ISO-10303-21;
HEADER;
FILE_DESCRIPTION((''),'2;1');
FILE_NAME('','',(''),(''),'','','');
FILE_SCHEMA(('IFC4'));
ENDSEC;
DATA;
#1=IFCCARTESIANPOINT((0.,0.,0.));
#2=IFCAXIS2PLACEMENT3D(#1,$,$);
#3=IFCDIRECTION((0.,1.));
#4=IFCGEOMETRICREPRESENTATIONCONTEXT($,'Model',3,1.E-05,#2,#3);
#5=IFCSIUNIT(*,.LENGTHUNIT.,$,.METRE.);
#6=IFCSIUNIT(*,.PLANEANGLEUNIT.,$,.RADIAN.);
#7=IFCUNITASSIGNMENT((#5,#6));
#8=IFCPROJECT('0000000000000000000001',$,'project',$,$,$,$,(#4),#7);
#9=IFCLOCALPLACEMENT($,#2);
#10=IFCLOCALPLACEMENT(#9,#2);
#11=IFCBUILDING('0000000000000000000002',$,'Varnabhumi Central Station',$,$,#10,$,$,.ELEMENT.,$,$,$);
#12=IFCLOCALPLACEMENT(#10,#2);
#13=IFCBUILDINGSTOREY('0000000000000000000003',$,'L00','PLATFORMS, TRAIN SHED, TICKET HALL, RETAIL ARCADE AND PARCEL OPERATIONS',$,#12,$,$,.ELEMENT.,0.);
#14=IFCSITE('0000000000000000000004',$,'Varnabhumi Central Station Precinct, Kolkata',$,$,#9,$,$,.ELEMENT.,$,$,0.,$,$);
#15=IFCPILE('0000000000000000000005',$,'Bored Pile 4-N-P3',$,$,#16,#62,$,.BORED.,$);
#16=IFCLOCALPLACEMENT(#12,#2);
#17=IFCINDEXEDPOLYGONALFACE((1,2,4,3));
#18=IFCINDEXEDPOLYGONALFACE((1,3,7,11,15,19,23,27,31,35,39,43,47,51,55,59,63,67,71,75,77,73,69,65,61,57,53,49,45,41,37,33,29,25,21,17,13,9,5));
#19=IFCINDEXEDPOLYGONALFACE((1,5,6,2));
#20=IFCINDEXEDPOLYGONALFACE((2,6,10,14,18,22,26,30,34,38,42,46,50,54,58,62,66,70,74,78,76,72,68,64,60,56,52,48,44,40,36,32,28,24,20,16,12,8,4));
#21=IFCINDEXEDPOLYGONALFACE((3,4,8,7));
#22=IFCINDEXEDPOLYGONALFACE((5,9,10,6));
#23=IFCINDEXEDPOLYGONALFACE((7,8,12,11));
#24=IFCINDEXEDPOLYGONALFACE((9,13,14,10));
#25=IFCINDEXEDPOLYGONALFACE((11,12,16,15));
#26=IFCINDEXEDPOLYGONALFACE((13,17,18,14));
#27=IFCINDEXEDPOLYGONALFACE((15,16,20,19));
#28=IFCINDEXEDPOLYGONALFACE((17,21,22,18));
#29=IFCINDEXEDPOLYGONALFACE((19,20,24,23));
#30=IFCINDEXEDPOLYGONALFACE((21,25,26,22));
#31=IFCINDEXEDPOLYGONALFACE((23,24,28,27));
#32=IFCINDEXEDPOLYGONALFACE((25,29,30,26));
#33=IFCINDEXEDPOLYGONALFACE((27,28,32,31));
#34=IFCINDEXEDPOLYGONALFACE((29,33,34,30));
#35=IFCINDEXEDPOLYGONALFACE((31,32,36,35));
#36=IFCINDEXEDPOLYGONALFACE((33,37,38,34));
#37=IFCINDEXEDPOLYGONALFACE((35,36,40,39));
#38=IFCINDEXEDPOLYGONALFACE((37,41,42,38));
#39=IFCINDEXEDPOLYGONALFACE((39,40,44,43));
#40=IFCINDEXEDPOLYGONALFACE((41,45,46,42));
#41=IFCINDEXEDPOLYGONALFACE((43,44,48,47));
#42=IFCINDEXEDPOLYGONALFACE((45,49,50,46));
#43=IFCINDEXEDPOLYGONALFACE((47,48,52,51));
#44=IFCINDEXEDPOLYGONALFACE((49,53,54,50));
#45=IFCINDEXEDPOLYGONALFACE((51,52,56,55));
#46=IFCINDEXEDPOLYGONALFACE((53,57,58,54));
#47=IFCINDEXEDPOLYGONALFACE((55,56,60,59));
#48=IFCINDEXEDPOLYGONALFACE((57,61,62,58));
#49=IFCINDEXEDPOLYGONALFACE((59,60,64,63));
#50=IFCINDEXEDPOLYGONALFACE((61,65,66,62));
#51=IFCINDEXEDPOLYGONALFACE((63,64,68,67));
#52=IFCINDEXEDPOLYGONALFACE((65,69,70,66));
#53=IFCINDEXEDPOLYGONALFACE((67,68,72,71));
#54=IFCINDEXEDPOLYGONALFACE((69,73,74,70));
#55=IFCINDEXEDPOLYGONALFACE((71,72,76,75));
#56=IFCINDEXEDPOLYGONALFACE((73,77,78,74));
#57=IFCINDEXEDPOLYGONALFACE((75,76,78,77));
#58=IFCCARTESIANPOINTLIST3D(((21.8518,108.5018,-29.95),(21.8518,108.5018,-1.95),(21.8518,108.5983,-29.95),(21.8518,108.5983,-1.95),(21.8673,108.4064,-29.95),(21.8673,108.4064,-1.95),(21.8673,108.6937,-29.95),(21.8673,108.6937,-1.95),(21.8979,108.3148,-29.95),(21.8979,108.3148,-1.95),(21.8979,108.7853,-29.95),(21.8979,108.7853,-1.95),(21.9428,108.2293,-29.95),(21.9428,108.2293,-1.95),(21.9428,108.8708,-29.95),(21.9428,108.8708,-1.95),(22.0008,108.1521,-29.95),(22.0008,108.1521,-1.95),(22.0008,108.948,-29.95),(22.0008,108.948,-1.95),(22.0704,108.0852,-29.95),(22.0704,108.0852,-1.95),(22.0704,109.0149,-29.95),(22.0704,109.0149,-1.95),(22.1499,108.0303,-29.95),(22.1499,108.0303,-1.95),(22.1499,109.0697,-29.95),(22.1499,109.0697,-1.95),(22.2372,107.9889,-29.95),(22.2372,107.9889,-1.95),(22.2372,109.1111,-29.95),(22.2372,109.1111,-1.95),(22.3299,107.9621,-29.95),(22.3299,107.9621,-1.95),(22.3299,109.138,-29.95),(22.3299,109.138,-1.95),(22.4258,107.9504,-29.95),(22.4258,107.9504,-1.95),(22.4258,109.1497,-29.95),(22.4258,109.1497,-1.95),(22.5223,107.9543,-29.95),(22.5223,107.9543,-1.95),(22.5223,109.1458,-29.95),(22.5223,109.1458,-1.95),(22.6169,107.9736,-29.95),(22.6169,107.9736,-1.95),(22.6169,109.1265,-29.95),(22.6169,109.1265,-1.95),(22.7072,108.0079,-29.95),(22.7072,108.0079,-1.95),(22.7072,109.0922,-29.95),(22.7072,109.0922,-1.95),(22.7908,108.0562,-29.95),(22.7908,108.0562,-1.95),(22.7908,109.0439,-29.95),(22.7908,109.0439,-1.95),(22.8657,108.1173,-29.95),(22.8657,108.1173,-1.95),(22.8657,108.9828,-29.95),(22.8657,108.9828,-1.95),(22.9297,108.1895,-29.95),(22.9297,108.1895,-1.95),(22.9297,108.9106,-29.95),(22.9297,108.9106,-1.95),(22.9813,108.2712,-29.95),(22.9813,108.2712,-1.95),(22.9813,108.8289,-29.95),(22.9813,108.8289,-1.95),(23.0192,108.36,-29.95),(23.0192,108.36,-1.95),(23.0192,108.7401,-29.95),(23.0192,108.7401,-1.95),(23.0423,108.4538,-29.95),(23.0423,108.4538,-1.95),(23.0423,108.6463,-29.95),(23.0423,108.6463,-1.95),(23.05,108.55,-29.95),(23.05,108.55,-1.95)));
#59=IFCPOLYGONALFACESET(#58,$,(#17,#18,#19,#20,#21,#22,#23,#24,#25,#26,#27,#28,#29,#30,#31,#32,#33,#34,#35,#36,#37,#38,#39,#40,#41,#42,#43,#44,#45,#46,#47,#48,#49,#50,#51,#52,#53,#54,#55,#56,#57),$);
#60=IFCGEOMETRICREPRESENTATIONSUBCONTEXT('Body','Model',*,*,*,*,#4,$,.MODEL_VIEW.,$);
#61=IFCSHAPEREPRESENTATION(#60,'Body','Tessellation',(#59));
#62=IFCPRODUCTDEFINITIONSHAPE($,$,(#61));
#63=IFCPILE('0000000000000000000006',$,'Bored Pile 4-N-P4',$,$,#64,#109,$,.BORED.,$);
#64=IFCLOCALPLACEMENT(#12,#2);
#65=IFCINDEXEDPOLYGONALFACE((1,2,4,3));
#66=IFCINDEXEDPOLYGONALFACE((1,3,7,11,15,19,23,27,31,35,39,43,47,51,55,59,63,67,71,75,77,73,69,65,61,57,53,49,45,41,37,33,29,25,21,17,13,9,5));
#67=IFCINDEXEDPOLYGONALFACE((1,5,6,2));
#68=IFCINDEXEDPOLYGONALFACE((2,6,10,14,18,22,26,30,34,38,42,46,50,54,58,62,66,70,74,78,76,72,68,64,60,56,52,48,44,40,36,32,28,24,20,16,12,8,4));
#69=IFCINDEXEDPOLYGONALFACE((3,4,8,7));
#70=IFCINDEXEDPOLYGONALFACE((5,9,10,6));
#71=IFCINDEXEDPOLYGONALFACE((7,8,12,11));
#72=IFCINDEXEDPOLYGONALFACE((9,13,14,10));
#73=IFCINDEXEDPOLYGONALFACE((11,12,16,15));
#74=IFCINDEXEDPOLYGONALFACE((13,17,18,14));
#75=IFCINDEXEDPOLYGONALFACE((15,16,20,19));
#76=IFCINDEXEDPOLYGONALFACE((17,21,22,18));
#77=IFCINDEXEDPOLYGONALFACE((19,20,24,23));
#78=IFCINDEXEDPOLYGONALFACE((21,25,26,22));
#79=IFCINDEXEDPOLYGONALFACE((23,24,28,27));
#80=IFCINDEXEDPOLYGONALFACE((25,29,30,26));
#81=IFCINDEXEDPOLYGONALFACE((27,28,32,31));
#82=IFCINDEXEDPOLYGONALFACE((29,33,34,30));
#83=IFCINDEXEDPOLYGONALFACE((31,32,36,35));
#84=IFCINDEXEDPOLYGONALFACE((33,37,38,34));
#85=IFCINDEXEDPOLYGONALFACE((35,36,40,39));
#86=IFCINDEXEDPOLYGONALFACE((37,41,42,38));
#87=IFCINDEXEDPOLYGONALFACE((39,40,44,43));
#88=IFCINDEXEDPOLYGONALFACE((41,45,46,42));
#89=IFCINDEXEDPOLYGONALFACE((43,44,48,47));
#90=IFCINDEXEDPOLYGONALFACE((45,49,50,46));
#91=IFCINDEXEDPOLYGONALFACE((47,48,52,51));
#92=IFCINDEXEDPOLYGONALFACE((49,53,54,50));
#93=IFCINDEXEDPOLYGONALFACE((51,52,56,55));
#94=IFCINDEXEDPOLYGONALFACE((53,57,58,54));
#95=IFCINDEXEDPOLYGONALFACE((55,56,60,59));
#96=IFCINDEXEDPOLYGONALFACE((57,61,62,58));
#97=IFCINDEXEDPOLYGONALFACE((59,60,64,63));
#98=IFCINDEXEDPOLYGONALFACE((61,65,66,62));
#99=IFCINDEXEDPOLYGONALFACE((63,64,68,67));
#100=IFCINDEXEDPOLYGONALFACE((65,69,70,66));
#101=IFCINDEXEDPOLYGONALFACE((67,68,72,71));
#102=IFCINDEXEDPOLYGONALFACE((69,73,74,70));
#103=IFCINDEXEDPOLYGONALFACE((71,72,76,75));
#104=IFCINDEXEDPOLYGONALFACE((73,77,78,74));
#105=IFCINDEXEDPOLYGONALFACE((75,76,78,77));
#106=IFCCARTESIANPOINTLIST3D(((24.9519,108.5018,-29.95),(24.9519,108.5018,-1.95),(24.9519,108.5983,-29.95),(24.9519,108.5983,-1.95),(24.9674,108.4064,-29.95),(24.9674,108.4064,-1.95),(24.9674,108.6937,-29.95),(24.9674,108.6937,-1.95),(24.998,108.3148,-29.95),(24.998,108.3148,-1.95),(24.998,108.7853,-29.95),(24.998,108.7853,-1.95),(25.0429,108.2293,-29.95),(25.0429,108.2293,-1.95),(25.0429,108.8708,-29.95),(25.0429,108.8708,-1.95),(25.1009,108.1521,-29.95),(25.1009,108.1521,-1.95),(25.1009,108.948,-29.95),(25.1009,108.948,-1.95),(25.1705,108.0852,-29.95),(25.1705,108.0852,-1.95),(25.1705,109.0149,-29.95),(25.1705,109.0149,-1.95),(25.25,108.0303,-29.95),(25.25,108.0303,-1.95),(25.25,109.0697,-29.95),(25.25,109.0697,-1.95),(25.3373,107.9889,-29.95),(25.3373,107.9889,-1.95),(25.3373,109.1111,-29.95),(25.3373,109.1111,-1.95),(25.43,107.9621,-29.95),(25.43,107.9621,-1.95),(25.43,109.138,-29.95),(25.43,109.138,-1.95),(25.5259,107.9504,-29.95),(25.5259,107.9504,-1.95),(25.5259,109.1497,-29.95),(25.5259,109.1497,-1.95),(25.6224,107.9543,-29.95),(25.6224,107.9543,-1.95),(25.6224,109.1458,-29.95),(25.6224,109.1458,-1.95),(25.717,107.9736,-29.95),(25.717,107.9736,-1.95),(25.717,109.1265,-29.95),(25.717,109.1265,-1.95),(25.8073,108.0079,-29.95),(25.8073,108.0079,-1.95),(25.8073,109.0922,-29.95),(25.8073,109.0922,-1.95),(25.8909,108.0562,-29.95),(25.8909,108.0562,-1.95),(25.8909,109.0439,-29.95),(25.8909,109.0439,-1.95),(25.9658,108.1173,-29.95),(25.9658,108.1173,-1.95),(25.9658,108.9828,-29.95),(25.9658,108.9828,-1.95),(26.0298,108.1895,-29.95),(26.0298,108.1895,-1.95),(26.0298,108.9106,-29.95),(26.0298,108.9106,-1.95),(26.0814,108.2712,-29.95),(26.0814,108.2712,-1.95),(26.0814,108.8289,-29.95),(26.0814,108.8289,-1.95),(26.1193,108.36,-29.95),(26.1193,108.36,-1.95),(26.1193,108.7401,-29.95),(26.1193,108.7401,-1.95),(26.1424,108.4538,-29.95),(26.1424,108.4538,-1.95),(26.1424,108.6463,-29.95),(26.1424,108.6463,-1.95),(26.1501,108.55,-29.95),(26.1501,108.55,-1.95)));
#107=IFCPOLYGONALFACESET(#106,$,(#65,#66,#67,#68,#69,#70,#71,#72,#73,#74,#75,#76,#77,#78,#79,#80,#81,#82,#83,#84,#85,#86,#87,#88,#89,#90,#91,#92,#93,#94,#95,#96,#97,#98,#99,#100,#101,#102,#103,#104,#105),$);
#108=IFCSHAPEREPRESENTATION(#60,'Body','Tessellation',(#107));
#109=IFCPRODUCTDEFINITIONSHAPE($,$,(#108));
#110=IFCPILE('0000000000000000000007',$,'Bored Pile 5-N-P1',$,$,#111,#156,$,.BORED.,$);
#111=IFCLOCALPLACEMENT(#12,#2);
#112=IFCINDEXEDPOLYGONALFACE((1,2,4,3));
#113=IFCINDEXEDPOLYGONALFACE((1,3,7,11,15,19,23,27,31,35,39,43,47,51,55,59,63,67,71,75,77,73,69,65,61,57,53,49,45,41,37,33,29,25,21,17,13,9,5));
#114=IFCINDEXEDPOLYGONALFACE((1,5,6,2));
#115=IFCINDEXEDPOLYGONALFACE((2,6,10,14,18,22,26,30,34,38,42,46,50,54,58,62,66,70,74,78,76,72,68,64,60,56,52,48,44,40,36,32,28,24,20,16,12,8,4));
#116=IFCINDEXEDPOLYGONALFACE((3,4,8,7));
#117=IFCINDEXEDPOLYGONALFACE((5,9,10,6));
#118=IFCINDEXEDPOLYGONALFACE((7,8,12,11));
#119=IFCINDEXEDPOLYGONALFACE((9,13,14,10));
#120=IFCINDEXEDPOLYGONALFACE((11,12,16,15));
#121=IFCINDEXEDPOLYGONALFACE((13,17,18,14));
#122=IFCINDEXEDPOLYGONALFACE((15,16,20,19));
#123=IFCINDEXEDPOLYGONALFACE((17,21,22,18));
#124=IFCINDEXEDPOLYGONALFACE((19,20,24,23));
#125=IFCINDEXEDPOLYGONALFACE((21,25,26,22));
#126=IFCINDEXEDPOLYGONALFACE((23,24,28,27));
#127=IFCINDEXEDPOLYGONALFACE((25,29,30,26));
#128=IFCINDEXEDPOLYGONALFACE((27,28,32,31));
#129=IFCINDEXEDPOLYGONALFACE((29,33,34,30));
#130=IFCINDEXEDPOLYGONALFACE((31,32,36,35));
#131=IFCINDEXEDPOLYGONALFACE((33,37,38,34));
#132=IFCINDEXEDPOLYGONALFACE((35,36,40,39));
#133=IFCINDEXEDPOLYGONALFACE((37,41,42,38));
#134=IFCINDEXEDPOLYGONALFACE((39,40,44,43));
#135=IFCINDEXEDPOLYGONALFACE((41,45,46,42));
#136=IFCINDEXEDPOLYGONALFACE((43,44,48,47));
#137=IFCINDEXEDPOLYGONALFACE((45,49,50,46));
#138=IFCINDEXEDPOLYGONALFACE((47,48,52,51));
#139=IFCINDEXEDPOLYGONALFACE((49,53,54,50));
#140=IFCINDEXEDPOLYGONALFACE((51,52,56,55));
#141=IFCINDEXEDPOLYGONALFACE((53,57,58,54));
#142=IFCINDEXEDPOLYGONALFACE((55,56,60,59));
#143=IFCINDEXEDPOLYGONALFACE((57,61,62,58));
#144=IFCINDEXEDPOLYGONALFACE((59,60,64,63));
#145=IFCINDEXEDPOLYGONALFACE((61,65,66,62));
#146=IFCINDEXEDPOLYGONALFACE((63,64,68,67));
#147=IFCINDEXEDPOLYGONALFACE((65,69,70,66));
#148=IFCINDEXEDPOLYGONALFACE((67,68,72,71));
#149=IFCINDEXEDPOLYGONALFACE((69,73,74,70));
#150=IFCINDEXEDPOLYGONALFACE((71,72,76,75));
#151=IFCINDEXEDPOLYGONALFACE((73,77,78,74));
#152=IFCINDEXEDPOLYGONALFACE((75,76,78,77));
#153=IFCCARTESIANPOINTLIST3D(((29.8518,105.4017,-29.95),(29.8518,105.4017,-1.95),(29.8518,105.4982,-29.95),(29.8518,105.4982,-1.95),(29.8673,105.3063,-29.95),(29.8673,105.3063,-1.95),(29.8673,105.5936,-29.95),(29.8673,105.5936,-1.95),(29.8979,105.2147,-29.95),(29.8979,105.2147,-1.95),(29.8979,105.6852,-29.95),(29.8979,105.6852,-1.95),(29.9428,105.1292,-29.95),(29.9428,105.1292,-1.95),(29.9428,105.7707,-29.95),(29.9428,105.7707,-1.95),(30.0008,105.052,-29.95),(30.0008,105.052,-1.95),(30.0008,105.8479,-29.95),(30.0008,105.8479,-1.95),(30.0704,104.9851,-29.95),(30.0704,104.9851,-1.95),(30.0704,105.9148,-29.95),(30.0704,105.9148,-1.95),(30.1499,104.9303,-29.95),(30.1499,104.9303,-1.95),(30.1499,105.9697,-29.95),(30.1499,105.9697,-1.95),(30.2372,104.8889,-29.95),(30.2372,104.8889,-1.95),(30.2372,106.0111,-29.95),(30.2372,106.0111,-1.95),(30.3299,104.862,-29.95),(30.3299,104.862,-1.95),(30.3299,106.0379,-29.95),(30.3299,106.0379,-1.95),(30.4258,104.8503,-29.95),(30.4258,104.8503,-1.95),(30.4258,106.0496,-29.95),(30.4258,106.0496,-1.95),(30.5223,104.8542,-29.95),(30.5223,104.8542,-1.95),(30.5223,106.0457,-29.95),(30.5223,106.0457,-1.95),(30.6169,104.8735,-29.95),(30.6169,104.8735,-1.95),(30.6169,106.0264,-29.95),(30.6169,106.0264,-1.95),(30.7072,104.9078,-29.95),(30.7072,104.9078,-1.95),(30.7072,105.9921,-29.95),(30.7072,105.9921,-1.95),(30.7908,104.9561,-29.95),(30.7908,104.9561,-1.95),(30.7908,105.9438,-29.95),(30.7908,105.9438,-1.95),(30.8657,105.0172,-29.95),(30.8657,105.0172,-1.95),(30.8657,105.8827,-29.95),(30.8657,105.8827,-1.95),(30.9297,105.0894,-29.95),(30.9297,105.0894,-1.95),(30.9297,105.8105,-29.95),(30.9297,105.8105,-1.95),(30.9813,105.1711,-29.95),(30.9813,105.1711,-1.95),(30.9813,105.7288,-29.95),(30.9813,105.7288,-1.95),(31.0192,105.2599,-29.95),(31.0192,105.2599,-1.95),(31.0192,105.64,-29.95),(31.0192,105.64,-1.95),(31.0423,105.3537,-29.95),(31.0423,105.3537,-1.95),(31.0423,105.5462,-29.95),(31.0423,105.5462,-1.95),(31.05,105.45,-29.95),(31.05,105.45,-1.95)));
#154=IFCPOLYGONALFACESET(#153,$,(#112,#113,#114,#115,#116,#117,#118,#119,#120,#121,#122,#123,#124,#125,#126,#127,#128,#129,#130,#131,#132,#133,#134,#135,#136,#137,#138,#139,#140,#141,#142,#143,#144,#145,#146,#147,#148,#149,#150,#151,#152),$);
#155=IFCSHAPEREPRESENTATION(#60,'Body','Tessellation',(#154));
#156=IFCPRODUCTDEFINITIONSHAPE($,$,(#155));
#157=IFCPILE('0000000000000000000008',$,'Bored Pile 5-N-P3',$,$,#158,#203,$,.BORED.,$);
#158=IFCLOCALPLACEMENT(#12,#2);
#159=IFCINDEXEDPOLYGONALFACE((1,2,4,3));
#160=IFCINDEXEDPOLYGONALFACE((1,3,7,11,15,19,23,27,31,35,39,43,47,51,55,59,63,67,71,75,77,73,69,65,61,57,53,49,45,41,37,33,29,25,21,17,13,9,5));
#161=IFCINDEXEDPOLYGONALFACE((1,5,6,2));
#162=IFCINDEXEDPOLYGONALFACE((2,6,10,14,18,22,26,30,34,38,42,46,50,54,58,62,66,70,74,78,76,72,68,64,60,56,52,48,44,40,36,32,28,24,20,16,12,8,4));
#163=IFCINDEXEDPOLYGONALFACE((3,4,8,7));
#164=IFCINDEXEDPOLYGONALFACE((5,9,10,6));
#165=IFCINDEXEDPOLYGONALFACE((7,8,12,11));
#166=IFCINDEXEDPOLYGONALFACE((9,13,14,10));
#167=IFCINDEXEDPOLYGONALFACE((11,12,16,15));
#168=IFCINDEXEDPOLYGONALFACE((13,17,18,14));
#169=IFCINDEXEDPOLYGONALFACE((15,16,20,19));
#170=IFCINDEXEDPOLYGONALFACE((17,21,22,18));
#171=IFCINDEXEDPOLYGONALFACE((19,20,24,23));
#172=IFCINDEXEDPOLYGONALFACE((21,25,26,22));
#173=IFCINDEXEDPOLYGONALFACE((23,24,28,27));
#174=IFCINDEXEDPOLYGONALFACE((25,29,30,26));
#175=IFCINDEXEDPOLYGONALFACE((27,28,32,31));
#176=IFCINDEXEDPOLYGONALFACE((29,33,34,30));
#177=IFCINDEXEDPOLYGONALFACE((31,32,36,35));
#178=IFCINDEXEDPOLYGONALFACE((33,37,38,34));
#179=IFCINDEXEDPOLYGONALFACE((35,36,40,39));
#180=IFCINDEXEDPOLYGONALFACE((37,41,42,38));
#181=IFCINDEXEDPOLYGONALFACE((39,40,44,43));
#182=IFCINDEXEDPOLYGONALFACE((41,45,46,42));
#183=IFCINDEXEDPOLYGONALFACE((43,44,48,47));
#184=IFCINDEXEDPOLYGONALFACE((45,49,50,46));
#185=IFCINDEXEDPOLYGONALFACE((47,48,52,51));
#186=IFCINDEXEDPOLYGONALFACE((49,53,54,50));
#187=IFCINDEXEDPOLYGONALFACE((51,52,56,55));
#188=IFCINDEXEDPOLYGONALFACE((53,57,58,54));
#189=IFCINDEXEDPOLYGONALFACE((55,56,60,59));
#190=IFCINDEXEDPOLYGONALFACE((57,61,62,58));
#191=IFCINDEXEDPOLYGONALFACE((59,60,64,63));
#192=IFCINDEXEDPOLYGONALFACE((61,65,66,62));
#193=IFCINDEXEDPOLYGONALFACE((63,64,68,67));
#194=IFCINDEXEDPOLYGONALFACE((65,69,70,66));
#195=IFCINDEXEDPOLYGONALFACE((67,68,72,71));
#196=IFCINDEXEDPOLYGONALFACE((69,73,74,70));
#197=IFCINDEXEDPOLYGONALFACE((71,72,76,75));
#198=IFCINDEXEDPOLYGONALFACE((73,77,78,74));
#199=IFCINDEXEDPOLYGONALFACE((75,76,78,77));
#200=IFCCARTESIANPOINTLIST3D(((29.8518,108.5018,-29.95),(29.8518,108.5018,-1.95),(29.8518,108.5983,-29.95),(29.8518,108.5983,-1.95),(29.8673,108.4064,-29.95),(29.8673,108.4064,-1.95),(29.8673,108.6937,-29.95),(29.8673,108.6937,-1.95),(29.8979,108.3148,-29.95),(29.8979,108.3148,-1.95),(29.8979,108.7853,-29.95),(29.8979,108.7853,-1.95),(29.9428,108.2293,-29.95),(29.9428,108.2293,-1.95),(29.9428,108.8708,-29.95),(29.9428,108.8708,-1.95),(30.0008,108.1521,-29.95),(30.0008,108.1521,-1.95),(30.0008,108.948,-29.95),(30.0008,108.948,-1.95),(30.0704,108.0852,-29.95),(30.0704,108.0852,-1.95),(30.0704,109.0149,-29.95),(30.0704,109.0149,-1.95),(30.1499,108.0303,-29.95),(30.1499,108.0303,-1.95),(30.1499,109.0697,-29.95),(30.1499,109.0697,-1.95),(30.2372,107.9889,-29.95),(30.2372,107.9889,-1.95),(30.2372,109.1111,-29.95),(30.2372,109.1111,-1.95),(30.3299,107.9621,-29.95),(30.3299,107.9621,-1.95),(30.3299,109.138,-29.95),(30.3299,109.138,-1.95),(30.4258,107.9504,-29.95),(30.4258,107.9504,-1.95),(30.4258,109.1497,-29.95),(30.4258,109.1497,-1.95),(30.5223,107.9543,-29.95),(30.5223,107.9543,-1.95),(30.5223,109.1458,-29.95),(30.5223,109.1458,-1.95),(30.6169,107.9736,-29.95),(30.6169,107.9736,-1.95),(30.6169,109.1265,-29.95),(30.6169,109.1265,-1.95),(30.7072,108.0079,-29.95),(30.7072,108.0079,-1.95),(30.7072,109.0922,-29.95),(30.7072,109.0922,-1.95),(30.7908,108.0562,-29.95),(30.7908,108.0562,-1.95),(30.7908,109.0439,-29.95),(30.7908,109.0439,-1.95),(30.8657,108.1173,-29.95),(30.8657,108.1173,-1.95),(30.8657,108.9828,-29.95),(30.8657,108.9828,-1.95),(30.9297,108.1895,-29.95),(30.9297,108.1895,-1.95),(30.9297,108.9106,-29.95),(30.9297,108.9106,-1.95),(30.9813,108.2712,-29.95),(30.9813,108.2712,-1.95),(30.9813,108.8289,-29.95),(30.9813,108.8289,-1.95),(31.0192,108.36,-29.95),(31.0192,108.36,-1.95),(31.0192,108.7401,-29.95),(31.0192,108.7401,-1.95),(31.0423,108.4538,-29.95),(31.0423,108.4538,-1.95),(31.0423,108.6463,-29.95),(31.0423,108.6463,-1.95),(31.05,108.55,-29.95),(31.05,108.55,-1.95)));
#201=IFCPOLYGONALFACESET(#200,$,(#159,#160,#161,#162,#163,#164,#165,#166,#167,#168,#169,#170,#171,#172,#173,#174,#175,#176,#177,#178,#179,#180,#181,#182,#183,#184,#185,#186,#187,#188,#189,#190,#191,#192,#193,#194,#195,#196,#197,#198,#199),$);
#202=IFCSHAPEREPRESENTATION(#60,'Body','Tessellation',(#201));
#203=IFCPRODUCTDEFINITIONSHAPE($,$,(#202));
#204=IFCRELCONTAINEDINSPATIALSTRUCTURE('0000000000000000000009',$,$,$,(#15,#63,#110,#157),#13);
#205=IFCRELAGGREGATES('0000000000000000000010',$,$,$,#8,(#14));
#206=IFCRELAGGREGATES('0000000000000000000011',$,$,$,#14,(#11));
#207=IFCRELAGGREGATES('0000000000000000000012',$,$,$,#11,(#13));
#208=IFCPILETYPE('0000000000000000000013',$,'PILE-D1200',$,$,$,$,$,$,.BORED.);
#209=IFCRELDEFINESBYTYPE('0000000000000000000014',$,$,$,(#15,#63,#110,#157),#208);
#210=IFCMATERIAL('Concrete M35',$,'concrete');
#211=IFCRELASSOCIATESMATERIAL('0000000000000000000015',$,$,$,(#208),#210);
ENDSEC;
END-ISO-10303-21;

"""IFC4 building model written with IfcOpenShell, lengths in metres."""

from ifc_helpers import new_model, si_unit, direction, frame, origin, origin_2d, place, context, subcontext, project, spatial, circle, extrude, material, material_profile, profile_set, type_object, element, save


model = new_model("IFC4")

# Units and contexts
model_context = context("Model", 3, precision=1e-05, world=origin(), true_north=direction((0.0, 1.0)))
body_context = subcontext(model_context, "Body", "Model", "MODEL_VIEW")
ifc_project = project(units=[si_unit("LENGTHUNIT", "METRE"), si_unit("PLANEANGLEUNIT", "RADIAN")], contexts=[model_context])

# Site, building, storey
site_placement = place(None, origin())
site = spatial("IfcSite", under=ifc_project, at=site_placement, Name="Varnabhumi Central Station Precinct, Kolkata", CompositionType="ELEMENT", RefElevation=0.0)
building_placement = place(site_placement, origin())
building = spatial("IfcBuilding", under=site, at=building_placement, Name="Varnabhumi Central Station", CompositionType="ELEMENT")
storey_placement = place(building_placement, origin())
storey = spatial("IfcBuildingStorey", under=building, at=storey_placement, Name="L00", Description="PLATFORMS, TRAIN SHED, TICKET HALL, RETAIL ARCADE AND PARCEL OPERATIONS", CompositionType="ELEMENT", Elevation=0.0)

# Piles
ifc_material_1 = material(Name="Concrete M35", Category="concrete")
ifc_material_profile_1 = material_profile(ifc_material_1, circle(Radius=0.6001, at=origin_2d()), Name="Concrete M35", Category="concrete")
ifc_profile_set_1 = profile_set([ifc_material_profile_1], Name="Concrete M35")
pile_type_1 = type_object("IfcPileType", Name="PILE-D1200", PredefinedType="BORED", material=ifc_profile_set_1)
for number, where, z_axis, x_axis, name in (
    (1, (22.45, 108.55, -1.95), (0.0, 0.0, -1.0), (1.0, 0.0, 0.0), "Bored Pile 4-N-P3"),
    (2, (25.55, 108.55, -1.95), (0.0, 0.0, -1.0), (1.0, 0.0, 0.0), "Bored Pile 4-N-P4"),
    (3, (30.45, 105.45, -1.95), (0.0, 0.0, -1.0), (1.0, 0.0, 0.0), "Bored Pile 5-N-P1"),
    (4, (30.45, 108.55, -1.95), (0.0, 0.0, -1.0), (1.0, 0.0, 0.0), "Bored Pile 5-N-P3"),
):
    element("IfcPile", number, at=place(storey_placement, frame(where, z_axis=z_axis, x_axis=x_axis)), inside=storey, type_object=pile_type_1, Name=name, PredefinedType="BORED", context=body_context, shape_type="SweptSolid", body=[
        extrude(circle(Radius=0.6001, at=origin_2d()), origin(), (0.0, 0.0, 1.0), 28.0),
    ])

save(model, "model.ifc")
